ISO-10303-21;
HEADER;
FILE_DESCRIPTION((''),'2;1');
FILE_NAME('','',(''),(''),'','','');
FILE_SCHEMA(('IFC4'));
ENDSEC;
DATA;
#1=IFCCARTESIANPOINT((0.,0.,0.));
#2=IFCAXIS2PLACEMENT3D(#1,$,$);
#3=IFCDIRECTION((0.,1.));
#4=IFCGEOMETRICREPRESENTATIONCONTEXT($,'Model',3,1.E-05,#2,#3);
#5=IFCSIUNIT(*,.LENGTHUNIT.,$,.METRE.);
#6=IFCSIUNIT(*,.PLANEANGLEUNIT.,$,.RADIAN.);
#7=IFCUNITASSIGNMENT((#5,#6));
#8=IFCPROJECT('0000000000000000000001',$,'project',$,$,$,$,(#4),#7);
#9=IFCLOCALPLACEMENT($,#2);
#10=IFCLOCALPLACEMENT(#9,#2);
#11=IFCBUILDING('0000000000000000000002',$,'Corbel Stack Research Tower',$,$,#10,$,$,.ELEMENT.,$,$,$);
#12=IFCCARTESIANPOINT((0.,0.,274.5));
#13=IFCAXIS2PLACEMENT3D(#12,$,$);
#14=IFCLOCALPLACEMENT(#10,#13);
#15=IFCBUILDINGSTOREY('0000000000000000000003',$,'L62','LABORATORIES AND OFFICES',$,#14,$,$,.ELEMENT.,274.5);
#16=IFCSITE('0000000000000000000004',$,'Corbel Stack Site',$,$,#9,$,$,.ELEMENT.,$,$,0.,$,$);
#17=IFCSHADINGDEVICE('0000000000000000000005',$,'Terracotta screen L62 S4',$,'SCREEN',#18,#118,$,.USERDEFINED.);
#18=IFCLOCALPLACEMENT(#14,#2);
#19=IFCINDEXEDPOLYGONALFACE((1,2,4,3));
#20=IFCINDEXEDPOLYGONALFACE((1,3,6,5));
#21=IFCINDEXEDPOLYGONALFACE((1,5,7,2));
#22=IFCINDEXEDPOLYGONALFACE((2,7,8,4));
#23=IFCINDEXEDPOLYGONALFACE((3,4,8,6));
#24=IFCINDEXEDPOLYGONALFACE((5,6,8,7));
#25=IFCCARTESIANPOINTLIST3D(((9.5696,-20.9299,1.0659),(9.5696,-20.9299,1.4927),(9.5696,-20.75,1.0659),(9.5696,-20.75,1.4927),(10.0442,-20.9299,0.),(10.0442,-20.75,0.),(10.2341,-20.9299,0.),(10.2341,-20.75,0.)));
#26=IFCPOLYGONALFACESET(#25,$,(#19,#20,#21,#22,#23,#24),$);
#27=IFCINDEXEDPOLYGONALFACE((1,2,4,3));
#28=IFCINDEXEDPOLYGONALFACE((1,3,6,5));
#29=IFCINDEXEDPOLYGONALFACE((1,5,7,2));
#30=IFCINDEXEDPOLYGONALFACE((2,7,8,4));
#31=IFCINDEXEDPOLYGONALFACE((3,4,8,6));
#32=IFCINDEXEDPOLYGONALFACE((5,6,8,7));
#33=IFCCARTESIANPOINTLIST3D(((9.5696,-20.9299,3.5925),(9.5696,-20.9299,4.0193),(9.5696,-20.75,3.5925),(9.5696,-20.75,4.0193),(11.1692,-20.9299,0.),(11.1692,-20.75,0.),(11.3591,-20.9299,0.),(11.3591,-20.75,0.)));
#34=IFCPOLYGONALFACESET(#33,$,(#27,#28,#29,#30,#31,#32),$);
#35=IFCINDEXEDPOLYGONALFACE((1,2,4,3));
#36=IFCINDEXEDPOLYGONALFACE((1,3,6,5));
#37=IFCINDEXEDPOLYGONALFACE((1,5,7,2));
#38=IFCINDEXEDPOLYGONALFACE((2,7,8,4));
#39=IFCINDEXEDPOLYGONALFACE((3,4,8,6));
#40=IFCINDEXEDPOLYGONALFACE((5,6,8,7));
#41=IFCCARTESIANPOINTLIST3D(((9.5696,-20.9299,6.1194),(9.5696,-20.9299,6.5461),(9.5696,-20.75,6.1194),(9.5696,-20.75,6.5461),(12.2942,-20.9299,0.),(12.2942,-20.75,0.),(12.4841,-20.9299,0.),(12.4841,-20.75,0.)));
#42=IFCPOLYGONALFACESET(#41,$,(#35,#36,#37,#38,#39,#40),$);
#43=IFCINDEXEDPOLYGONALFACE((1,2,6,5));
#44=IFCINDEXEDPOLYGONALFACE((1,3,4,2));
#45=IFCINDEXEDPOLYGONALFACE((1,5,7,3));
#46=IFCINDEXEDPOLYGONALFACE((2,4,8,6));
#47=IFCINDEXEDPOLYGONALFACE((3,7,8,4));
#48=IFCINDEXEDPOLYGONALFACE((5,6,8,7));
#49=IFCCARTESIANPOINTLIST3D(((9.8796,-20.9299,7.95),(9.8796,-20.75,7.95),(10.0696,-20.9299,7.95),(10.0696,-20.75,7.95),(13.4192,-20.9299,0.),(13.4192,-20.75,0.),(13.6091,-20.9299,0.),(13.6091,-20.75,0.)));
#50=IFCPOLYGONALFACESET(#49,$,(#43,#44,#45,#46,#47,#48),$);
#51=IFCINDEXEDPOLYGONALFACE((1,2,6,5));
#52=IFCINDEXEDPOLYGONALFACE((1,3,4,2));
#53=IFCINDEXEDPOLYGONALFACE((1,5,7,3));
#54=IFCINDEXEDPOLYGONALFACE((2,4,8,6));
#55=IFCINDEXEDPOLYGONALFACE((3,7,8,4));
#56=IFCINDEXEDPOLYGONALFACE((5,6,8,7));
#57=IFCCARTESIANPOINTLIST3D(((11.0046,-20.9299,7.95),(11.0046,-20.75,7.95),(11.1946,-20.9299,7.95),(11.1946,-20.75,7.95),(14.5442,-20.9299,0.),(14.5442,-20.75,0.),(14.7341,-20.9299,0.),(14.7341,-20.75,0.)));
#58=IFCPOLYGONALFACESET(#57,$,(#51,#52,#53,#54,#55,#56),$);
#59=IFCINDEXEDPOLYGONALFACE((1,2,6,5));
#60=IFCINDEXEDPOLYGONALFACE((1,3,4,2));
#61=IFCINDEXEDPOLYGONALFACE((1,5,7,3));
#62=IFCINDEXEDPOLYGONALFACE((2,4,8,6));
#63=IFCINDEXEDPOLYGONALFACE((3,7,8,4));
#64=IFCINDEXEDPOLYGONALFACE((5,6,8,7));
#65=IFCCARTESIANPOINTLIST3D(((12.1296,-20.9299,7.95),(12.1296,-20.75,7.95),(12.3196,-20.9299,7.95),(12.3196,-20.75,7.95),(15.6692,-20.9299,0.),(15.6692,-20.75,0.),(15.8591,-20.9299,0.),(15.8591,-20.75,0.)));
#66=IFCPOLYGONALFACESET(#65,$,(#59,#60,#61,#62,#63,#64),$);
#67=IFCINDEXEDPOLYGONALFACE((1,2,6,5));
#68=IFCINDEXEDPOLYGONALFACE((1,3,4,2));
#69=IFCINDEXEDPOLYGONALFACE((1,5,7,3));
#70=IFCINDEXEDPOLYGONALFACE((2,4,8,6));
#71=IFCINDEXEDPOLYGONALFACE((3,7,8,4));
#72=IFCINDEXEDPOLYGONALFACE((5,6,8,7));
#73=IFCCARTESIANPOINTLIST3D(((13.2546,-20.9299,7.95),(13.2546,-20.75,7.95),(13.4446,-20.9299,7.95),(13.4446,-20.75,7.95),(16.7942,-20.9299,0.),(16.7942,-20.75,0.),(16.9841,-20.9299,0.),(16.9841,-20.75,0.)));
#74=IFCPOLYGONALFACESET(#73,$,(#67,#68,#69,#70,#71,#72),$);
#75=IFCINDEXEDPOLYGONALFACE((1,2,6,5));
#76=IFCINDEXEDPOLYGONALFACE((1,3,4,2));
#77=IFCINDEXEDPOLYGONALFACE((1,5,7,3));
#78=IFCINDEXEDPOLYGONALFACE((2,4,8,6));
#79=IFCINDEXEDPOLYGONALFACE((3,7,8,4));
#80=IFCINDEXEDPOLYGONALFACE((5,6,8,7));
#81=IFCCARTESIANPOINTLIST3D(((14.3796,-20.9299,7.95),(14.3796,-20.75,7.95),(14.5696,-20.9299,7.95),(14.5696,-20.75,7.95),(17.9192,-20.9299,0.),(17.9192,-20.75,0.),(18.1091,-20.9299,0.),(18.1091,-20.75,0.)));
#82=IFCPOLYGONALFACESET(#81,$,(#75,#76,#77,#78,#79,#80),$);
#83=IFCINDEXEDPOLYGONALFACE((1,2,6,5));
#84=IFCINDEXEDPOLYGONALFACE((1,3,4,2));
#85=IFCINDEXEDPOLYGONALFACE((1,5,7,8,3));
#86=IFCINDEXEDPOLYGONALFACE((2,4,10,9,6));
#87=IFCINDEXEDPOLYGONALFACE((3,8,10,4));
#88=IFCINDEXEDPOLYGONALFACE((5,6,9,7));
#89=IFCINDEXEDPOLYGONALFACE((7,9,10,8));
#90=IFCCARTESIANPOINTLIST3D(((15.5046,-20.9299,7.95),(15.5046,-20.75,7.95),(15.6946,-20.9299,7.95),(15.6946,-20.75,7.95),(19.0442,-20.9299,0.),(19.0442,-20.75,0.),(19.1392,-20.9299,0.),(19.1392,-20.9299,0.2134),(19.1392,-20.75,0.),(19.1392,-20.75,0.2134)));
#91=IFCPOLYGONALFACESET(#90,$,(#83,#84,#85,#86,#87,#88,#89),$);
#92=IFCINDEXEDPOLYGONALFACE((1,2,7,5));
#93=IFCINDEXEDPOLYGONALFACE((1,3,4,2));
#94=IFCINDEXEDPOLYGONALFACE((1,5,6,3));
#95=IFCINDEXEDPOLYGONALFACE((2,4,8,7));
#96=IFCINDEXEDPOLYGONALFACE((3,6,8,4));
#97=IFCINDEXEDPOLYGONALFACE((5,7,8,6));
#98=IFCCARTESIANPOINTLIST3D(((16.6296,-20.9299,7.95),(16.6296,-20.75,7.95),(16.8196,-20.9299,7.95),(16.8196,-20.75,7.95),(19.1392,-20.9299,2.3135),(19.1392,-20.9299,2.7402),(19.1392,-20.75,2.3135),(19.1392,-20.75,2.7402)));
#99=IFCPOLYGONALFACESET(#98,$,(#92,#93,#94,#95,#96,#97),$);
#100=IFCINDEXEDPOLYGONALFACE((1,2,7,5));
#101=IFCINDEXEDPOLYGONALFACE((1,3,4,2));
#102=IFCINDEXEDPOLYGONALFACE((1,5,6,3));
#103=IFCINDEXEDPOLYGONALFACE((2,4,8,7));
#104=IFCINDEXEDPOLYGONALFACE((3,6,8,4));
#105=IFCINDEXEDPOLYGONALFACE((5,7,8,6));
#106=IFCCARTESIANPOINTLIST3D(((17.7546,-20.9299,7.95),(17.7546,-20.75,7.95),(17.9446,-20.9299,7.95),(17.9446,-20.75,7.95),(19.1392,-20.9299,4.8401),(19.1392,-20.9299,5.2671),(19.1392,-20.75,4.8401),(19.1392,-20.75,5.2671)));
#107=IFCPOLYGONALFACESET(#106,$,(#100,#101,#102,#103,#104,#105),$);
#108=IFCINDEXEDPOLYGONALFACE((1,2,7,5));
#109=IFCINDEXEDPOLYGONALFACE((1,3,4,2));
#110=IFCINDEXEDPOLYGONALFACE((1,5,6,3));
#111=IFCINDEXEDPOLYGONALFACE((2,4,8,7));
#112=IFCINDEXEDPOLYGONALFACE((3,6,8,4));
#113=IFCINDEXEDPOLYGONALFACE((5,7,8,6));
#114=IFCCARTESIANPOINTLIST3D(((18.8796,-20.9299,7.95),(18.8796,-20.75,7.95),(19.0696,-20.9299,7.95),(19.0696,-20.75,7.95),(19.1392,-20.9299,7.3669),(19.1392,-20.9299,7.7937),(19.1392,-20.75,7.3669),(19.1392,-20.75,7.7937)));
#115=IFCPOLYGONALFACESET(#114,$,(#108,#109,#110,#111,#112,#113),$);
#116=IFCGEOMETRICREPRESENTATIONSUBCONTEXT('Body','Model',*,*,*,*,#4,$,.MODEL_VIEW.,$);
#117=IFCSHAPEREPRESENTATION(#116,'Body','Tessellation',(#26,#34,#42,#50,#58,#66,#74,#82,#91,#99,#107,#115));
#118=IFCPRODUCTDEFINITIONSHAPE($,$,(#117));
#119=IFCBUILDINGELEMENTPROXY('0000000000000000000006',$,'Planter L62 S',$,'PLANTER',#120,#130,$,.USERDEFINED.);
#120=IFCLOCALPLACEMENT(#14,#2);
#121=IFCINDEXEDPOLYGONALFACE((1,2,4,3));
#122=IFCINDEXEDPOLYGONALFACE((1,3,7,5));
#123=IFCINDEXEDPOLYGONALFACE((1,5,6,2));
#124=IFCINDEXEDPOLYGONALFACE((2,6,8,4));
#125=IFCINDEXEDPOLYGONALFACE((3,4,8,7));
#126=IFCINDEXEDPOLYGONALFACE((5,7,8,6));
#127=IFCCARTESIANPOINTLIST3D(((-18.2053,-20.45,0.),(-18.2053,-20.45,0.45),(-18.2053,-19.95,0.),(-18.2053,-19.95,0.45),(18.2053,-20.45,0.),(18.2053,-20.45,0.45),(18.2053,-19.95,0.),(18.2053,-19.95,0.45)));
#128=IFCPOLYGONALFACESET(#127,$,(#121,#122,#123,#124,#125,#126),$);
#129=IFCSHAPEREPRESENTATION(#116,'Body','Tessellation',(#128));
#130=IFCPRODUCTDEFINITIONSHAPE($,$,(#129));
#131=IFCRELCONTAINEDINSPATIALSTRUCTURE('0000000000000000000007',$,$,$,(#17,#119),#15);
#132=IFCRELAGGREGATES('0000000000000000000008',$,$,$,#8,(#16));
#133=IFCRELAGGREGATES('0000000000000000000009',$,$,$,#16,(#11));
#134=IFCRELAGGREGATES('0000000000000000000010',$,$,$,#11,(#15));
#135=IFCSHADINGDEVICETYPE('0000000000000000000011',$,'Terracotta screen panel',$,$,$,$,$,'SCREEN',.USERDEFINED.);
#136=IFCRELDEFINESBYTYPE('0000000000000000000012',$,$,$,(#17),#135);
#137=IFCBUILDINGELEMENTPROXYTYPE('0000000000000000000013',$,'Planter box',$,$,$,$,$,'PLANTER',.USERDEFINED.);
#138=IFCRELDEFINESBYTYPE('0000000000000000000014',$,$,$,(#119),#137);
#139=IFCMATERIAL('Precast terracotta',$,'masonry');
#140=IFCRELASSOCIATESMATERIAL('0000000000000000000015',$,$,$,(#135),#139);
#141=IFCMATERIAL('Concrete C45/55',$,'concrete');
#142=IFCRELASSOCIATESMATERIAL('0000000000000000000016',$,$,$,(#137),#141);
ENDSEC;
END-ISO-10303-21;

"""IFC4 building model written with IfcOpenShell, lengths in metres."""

from ifc_helpers import new_model, si_unit, direction, frame, origin, origin_2d, place, context, subcontext, project, spatial, polyline, rectangle, outline, extrude, source, transform, mapped, material, type_object, element, save


model = new_model("IFC4")

# Units and contexts
model_context = context("Model", 3, precision=1e-05, world=origin(), true_north=direction((0.0, 1.0)))
body_context = subcontext(model_context, "Body", "Model", "MODEL_VIEW")
ifc_project = project(units=[si_unit("LENGTHUNIT", "METRE"), si_unit("PLANEANGLEUNIT", "RADIAN")], contexts=[model_context])

# Site, building, storey
site_placement = place(None, origin())
site = spatial("IfcSite", under=ifc_project, at=site_placement, Name="Corbel Stack Site", CompositionType="ELEMENT", RefElevation=0.0)
building_placement = place(site_placement, origin())
building = spatial("IfcBuilding", under=site, at=building_placement, Name="Corbel Stack Research Tower", CompositionType="ELEMENT")
storey_placement = place(building_placement, frame((0.0, 0.0, 274.5)))
storey = spatial("IfcBuildingStorey", under=building, at=storey_placement, Name="L62", Description="LABORATORIES AND OFFICES", CompositionType="ELEMENT", Elevation=274.5)

# Shading device
ifc_material_1 = material(Name="Precast terracotta", Category="masonry")
shading_device_type = type_object("IfcShadingDeviceType", Name="Terracotta screen panel", ElementType="SCREEN", PredefinedType="USERDEFINED", material=ifc_material_1)
shared_shape = source(origin(), body_context, "Body", "SweptSolid", [
    extrude(outline(polyline([(0.6646, 0.0), (0.0, 1.4927), (0.0, 1.0659), (0.4746, 0.0), (0.6646, 0.0)])), frame((0.0, 0.0, 0.0), z_axis=(0.0, -1.0, 0.0), x_axis=(1.0, 0.0, 0.0)), (0.0, 0.0, 1.0), 0.1799),
    extrude(outline(polyline([(1.7896, 0.0), (0.0, 4.0193), (0.0, 3.5925), (1.5996, 0.0), (1.7896, 0.0)])), frame((0.0, 0.0, 0.0), z_axis=(0.0, -1.0, 0.0), x_axis=(1.0, 0.0, 0.0)), (0.0, 0.0, 1.0), 0.1799),
    extrude(outline(polyline([(2.9146, 0.0), (0.0, 6.5461), (0.0, 6.1194), (2.7246, 0.0), (2.9146, 0.0)])), frame((0.0, 0.0, 0.0), z_axis=(0.0, -1.0, 0.0), x_axis=(1.0, 0.0, 0.0)), (0.0, 0.0, 1.0), 0.1799),
    extrude(outline(polyline([(4.0396, 0.0), (0.5, 7.95), (0.3101, 7.95), (3.8496, 0.0), (4.0396, 0.0)])), frame((0.0, 0.0, 0.0), z_axis=(0.0, -1.0, 0.0), x_axis=(1.0, 0.0, 0.0)), (0.0, 0.0, 1.0), 0.1799),
    extrude(outline(polyline([(5.1646, 0.0), (1.625, 7.95), (1.4351, 7.95), (4.9746, 0.0), (5.1646, 0.0)])), frame((0.0, 0.0, 0.0), z_axis=(0.0, -1.0, 0.0), x_axis=(1.0, 0.0, 0.0)), (0.0, 0.0, 1.0), 0.1799),
    extrude(outline(polyline([(6.2896, 0.0), (2.75, 7.95), (2.5601, 7.95), (6.0996, 0.0), (6.2896, 0.0)])), frame((0.0, 0.0, 0.0), z_axis=(0.0, -1.0, 0.0), x_axis=(1.0, 0.0, 0.0)), (0.0, 0.0, 1.0), 0.1799),
    extrude(outline(polyline([(7.4146, 0.0), (3.875, 7.95), (3.6851, 7.95), (7.2246, 0.0), (7.4146, 0.0)])), frame((0.0, 0.0, 0.0), z_axis=(0.0, -1.0, 0.0), x_axis=(1.0, 0.0, 0.0)), (0.0, 0.0, 1.0), 0.1799),
    extrude(outline(polyline([(8.5396, 0.0), (5.0, 7.95), (4.8101, 7.95), (8.3496, 0.0), (8.5396, 0.0)])), frame((0.0, 0.0, 0.0), z_axis=(0.0, -1.0, 0.0), x_axis=(1.0, 0.0, 0.0)), (0.0, 0.0, 1.0), 0.1799),
    extrude(outline(polyline([(9.5696, 0.0), (9.5696, 0.2134), (6.125, 7.95), (5.9351, 7.95), (9.4746, 0.0), (9.5696, 0.0)])), frame((0.0, 0.0, 0.0), z_axis=(0.0, -1.0, 0.0), x_axis=(1.0, 0.0, 0.0)), (0.0, 0.0, 1.0), 0.1799),
    extrude(outline(polyline([(7.25, 7.95), (7.0601, 7.95), (9.5696, 2.3135), (9.5696, 2.7402), (7.25, 7.95)])), frame((0.0, 0.0, 0.0), z_axis=(0.0, -1.0, 0.0), x_axis=(1.0, 0.0, 0.0)), (0.0, 0.0, 1.0), 0.1799),
    extrude(outline(polyline([(8.375, 7.95), (8.1851, 7.95), (9.5696, 4.8401), (9.5696, 5.2671), (8.375, 7.95)])), frame((0.0, 0.0, 0.0), z_axis=(0.0, -1.0, 0.0), x_axis=(1.0, 0.0, 0.0)), (0.0, 0.0, 1.0), 0.1799),
    extrude(outline(polyline([(9.5, 7.95), (9.3101, 7.95), (9.5696, 7.3669), (9.5696, 7.7937), (9.5, 7.95)])), frame((0.0, 0.0, 0.0), z_axis=(0.0, -1.0, 0.0), x_axis=(1.0, 0.0, 0.0)), (0.0, 0.0, 1.0), 0.1799),
])
shading_device_placement = place(storey_placement, frame((9.5696, -20.75, 0.0), z_axis=(0.0, 0.0, 1.0), x_axis=(1.0, 0.0, 0.0)))
element("IfcShadingDevice", 1, at=shading_device_placement, inside=storey, type_object=shading_device_type, Name="Terracotta screen L62 S4", ObjectType="SCREEN", PredefinedType="USERDEFINED", context=body_context, shape_type="MappedRepresentation", body=[
    mapped(shared_shape, transform((0.0, 0.0, 0.0))),
])

# Building element proxy
ifc_material_2 = material(Name="Concrete C45/55", Category="concrete")
building_element_proxy_type = type_object("IfcBuildingElementProxyType", Name="Planter box", ElementType="PLANTER", PredefinedType="USERDEFINED", material=ifc_material_2)
proxy_placement = place(storey_placement, frame((0.0, -20.2, 0.0), z_axis=(0.0, 0.0, 1.0), x_axis=(1.0, 0.0, 0.0)))
element("IfcBuildingElementProxy", 2, at=proxy_placement, inside=storey, type_object=building_element_proxy_type, Name="Planter L62 S", ObjectType="PLANTER", PredefinedType="USERDEFINED", context=body_context, shape_type="SweptSolid", body=[
    extrude(rectangle(XDim=36.4106, YDim=0.5, at=origin_2d()), origin(), (0.0, 0.0, 1.0), 0.45),
])

save(model, "model.ifc")
